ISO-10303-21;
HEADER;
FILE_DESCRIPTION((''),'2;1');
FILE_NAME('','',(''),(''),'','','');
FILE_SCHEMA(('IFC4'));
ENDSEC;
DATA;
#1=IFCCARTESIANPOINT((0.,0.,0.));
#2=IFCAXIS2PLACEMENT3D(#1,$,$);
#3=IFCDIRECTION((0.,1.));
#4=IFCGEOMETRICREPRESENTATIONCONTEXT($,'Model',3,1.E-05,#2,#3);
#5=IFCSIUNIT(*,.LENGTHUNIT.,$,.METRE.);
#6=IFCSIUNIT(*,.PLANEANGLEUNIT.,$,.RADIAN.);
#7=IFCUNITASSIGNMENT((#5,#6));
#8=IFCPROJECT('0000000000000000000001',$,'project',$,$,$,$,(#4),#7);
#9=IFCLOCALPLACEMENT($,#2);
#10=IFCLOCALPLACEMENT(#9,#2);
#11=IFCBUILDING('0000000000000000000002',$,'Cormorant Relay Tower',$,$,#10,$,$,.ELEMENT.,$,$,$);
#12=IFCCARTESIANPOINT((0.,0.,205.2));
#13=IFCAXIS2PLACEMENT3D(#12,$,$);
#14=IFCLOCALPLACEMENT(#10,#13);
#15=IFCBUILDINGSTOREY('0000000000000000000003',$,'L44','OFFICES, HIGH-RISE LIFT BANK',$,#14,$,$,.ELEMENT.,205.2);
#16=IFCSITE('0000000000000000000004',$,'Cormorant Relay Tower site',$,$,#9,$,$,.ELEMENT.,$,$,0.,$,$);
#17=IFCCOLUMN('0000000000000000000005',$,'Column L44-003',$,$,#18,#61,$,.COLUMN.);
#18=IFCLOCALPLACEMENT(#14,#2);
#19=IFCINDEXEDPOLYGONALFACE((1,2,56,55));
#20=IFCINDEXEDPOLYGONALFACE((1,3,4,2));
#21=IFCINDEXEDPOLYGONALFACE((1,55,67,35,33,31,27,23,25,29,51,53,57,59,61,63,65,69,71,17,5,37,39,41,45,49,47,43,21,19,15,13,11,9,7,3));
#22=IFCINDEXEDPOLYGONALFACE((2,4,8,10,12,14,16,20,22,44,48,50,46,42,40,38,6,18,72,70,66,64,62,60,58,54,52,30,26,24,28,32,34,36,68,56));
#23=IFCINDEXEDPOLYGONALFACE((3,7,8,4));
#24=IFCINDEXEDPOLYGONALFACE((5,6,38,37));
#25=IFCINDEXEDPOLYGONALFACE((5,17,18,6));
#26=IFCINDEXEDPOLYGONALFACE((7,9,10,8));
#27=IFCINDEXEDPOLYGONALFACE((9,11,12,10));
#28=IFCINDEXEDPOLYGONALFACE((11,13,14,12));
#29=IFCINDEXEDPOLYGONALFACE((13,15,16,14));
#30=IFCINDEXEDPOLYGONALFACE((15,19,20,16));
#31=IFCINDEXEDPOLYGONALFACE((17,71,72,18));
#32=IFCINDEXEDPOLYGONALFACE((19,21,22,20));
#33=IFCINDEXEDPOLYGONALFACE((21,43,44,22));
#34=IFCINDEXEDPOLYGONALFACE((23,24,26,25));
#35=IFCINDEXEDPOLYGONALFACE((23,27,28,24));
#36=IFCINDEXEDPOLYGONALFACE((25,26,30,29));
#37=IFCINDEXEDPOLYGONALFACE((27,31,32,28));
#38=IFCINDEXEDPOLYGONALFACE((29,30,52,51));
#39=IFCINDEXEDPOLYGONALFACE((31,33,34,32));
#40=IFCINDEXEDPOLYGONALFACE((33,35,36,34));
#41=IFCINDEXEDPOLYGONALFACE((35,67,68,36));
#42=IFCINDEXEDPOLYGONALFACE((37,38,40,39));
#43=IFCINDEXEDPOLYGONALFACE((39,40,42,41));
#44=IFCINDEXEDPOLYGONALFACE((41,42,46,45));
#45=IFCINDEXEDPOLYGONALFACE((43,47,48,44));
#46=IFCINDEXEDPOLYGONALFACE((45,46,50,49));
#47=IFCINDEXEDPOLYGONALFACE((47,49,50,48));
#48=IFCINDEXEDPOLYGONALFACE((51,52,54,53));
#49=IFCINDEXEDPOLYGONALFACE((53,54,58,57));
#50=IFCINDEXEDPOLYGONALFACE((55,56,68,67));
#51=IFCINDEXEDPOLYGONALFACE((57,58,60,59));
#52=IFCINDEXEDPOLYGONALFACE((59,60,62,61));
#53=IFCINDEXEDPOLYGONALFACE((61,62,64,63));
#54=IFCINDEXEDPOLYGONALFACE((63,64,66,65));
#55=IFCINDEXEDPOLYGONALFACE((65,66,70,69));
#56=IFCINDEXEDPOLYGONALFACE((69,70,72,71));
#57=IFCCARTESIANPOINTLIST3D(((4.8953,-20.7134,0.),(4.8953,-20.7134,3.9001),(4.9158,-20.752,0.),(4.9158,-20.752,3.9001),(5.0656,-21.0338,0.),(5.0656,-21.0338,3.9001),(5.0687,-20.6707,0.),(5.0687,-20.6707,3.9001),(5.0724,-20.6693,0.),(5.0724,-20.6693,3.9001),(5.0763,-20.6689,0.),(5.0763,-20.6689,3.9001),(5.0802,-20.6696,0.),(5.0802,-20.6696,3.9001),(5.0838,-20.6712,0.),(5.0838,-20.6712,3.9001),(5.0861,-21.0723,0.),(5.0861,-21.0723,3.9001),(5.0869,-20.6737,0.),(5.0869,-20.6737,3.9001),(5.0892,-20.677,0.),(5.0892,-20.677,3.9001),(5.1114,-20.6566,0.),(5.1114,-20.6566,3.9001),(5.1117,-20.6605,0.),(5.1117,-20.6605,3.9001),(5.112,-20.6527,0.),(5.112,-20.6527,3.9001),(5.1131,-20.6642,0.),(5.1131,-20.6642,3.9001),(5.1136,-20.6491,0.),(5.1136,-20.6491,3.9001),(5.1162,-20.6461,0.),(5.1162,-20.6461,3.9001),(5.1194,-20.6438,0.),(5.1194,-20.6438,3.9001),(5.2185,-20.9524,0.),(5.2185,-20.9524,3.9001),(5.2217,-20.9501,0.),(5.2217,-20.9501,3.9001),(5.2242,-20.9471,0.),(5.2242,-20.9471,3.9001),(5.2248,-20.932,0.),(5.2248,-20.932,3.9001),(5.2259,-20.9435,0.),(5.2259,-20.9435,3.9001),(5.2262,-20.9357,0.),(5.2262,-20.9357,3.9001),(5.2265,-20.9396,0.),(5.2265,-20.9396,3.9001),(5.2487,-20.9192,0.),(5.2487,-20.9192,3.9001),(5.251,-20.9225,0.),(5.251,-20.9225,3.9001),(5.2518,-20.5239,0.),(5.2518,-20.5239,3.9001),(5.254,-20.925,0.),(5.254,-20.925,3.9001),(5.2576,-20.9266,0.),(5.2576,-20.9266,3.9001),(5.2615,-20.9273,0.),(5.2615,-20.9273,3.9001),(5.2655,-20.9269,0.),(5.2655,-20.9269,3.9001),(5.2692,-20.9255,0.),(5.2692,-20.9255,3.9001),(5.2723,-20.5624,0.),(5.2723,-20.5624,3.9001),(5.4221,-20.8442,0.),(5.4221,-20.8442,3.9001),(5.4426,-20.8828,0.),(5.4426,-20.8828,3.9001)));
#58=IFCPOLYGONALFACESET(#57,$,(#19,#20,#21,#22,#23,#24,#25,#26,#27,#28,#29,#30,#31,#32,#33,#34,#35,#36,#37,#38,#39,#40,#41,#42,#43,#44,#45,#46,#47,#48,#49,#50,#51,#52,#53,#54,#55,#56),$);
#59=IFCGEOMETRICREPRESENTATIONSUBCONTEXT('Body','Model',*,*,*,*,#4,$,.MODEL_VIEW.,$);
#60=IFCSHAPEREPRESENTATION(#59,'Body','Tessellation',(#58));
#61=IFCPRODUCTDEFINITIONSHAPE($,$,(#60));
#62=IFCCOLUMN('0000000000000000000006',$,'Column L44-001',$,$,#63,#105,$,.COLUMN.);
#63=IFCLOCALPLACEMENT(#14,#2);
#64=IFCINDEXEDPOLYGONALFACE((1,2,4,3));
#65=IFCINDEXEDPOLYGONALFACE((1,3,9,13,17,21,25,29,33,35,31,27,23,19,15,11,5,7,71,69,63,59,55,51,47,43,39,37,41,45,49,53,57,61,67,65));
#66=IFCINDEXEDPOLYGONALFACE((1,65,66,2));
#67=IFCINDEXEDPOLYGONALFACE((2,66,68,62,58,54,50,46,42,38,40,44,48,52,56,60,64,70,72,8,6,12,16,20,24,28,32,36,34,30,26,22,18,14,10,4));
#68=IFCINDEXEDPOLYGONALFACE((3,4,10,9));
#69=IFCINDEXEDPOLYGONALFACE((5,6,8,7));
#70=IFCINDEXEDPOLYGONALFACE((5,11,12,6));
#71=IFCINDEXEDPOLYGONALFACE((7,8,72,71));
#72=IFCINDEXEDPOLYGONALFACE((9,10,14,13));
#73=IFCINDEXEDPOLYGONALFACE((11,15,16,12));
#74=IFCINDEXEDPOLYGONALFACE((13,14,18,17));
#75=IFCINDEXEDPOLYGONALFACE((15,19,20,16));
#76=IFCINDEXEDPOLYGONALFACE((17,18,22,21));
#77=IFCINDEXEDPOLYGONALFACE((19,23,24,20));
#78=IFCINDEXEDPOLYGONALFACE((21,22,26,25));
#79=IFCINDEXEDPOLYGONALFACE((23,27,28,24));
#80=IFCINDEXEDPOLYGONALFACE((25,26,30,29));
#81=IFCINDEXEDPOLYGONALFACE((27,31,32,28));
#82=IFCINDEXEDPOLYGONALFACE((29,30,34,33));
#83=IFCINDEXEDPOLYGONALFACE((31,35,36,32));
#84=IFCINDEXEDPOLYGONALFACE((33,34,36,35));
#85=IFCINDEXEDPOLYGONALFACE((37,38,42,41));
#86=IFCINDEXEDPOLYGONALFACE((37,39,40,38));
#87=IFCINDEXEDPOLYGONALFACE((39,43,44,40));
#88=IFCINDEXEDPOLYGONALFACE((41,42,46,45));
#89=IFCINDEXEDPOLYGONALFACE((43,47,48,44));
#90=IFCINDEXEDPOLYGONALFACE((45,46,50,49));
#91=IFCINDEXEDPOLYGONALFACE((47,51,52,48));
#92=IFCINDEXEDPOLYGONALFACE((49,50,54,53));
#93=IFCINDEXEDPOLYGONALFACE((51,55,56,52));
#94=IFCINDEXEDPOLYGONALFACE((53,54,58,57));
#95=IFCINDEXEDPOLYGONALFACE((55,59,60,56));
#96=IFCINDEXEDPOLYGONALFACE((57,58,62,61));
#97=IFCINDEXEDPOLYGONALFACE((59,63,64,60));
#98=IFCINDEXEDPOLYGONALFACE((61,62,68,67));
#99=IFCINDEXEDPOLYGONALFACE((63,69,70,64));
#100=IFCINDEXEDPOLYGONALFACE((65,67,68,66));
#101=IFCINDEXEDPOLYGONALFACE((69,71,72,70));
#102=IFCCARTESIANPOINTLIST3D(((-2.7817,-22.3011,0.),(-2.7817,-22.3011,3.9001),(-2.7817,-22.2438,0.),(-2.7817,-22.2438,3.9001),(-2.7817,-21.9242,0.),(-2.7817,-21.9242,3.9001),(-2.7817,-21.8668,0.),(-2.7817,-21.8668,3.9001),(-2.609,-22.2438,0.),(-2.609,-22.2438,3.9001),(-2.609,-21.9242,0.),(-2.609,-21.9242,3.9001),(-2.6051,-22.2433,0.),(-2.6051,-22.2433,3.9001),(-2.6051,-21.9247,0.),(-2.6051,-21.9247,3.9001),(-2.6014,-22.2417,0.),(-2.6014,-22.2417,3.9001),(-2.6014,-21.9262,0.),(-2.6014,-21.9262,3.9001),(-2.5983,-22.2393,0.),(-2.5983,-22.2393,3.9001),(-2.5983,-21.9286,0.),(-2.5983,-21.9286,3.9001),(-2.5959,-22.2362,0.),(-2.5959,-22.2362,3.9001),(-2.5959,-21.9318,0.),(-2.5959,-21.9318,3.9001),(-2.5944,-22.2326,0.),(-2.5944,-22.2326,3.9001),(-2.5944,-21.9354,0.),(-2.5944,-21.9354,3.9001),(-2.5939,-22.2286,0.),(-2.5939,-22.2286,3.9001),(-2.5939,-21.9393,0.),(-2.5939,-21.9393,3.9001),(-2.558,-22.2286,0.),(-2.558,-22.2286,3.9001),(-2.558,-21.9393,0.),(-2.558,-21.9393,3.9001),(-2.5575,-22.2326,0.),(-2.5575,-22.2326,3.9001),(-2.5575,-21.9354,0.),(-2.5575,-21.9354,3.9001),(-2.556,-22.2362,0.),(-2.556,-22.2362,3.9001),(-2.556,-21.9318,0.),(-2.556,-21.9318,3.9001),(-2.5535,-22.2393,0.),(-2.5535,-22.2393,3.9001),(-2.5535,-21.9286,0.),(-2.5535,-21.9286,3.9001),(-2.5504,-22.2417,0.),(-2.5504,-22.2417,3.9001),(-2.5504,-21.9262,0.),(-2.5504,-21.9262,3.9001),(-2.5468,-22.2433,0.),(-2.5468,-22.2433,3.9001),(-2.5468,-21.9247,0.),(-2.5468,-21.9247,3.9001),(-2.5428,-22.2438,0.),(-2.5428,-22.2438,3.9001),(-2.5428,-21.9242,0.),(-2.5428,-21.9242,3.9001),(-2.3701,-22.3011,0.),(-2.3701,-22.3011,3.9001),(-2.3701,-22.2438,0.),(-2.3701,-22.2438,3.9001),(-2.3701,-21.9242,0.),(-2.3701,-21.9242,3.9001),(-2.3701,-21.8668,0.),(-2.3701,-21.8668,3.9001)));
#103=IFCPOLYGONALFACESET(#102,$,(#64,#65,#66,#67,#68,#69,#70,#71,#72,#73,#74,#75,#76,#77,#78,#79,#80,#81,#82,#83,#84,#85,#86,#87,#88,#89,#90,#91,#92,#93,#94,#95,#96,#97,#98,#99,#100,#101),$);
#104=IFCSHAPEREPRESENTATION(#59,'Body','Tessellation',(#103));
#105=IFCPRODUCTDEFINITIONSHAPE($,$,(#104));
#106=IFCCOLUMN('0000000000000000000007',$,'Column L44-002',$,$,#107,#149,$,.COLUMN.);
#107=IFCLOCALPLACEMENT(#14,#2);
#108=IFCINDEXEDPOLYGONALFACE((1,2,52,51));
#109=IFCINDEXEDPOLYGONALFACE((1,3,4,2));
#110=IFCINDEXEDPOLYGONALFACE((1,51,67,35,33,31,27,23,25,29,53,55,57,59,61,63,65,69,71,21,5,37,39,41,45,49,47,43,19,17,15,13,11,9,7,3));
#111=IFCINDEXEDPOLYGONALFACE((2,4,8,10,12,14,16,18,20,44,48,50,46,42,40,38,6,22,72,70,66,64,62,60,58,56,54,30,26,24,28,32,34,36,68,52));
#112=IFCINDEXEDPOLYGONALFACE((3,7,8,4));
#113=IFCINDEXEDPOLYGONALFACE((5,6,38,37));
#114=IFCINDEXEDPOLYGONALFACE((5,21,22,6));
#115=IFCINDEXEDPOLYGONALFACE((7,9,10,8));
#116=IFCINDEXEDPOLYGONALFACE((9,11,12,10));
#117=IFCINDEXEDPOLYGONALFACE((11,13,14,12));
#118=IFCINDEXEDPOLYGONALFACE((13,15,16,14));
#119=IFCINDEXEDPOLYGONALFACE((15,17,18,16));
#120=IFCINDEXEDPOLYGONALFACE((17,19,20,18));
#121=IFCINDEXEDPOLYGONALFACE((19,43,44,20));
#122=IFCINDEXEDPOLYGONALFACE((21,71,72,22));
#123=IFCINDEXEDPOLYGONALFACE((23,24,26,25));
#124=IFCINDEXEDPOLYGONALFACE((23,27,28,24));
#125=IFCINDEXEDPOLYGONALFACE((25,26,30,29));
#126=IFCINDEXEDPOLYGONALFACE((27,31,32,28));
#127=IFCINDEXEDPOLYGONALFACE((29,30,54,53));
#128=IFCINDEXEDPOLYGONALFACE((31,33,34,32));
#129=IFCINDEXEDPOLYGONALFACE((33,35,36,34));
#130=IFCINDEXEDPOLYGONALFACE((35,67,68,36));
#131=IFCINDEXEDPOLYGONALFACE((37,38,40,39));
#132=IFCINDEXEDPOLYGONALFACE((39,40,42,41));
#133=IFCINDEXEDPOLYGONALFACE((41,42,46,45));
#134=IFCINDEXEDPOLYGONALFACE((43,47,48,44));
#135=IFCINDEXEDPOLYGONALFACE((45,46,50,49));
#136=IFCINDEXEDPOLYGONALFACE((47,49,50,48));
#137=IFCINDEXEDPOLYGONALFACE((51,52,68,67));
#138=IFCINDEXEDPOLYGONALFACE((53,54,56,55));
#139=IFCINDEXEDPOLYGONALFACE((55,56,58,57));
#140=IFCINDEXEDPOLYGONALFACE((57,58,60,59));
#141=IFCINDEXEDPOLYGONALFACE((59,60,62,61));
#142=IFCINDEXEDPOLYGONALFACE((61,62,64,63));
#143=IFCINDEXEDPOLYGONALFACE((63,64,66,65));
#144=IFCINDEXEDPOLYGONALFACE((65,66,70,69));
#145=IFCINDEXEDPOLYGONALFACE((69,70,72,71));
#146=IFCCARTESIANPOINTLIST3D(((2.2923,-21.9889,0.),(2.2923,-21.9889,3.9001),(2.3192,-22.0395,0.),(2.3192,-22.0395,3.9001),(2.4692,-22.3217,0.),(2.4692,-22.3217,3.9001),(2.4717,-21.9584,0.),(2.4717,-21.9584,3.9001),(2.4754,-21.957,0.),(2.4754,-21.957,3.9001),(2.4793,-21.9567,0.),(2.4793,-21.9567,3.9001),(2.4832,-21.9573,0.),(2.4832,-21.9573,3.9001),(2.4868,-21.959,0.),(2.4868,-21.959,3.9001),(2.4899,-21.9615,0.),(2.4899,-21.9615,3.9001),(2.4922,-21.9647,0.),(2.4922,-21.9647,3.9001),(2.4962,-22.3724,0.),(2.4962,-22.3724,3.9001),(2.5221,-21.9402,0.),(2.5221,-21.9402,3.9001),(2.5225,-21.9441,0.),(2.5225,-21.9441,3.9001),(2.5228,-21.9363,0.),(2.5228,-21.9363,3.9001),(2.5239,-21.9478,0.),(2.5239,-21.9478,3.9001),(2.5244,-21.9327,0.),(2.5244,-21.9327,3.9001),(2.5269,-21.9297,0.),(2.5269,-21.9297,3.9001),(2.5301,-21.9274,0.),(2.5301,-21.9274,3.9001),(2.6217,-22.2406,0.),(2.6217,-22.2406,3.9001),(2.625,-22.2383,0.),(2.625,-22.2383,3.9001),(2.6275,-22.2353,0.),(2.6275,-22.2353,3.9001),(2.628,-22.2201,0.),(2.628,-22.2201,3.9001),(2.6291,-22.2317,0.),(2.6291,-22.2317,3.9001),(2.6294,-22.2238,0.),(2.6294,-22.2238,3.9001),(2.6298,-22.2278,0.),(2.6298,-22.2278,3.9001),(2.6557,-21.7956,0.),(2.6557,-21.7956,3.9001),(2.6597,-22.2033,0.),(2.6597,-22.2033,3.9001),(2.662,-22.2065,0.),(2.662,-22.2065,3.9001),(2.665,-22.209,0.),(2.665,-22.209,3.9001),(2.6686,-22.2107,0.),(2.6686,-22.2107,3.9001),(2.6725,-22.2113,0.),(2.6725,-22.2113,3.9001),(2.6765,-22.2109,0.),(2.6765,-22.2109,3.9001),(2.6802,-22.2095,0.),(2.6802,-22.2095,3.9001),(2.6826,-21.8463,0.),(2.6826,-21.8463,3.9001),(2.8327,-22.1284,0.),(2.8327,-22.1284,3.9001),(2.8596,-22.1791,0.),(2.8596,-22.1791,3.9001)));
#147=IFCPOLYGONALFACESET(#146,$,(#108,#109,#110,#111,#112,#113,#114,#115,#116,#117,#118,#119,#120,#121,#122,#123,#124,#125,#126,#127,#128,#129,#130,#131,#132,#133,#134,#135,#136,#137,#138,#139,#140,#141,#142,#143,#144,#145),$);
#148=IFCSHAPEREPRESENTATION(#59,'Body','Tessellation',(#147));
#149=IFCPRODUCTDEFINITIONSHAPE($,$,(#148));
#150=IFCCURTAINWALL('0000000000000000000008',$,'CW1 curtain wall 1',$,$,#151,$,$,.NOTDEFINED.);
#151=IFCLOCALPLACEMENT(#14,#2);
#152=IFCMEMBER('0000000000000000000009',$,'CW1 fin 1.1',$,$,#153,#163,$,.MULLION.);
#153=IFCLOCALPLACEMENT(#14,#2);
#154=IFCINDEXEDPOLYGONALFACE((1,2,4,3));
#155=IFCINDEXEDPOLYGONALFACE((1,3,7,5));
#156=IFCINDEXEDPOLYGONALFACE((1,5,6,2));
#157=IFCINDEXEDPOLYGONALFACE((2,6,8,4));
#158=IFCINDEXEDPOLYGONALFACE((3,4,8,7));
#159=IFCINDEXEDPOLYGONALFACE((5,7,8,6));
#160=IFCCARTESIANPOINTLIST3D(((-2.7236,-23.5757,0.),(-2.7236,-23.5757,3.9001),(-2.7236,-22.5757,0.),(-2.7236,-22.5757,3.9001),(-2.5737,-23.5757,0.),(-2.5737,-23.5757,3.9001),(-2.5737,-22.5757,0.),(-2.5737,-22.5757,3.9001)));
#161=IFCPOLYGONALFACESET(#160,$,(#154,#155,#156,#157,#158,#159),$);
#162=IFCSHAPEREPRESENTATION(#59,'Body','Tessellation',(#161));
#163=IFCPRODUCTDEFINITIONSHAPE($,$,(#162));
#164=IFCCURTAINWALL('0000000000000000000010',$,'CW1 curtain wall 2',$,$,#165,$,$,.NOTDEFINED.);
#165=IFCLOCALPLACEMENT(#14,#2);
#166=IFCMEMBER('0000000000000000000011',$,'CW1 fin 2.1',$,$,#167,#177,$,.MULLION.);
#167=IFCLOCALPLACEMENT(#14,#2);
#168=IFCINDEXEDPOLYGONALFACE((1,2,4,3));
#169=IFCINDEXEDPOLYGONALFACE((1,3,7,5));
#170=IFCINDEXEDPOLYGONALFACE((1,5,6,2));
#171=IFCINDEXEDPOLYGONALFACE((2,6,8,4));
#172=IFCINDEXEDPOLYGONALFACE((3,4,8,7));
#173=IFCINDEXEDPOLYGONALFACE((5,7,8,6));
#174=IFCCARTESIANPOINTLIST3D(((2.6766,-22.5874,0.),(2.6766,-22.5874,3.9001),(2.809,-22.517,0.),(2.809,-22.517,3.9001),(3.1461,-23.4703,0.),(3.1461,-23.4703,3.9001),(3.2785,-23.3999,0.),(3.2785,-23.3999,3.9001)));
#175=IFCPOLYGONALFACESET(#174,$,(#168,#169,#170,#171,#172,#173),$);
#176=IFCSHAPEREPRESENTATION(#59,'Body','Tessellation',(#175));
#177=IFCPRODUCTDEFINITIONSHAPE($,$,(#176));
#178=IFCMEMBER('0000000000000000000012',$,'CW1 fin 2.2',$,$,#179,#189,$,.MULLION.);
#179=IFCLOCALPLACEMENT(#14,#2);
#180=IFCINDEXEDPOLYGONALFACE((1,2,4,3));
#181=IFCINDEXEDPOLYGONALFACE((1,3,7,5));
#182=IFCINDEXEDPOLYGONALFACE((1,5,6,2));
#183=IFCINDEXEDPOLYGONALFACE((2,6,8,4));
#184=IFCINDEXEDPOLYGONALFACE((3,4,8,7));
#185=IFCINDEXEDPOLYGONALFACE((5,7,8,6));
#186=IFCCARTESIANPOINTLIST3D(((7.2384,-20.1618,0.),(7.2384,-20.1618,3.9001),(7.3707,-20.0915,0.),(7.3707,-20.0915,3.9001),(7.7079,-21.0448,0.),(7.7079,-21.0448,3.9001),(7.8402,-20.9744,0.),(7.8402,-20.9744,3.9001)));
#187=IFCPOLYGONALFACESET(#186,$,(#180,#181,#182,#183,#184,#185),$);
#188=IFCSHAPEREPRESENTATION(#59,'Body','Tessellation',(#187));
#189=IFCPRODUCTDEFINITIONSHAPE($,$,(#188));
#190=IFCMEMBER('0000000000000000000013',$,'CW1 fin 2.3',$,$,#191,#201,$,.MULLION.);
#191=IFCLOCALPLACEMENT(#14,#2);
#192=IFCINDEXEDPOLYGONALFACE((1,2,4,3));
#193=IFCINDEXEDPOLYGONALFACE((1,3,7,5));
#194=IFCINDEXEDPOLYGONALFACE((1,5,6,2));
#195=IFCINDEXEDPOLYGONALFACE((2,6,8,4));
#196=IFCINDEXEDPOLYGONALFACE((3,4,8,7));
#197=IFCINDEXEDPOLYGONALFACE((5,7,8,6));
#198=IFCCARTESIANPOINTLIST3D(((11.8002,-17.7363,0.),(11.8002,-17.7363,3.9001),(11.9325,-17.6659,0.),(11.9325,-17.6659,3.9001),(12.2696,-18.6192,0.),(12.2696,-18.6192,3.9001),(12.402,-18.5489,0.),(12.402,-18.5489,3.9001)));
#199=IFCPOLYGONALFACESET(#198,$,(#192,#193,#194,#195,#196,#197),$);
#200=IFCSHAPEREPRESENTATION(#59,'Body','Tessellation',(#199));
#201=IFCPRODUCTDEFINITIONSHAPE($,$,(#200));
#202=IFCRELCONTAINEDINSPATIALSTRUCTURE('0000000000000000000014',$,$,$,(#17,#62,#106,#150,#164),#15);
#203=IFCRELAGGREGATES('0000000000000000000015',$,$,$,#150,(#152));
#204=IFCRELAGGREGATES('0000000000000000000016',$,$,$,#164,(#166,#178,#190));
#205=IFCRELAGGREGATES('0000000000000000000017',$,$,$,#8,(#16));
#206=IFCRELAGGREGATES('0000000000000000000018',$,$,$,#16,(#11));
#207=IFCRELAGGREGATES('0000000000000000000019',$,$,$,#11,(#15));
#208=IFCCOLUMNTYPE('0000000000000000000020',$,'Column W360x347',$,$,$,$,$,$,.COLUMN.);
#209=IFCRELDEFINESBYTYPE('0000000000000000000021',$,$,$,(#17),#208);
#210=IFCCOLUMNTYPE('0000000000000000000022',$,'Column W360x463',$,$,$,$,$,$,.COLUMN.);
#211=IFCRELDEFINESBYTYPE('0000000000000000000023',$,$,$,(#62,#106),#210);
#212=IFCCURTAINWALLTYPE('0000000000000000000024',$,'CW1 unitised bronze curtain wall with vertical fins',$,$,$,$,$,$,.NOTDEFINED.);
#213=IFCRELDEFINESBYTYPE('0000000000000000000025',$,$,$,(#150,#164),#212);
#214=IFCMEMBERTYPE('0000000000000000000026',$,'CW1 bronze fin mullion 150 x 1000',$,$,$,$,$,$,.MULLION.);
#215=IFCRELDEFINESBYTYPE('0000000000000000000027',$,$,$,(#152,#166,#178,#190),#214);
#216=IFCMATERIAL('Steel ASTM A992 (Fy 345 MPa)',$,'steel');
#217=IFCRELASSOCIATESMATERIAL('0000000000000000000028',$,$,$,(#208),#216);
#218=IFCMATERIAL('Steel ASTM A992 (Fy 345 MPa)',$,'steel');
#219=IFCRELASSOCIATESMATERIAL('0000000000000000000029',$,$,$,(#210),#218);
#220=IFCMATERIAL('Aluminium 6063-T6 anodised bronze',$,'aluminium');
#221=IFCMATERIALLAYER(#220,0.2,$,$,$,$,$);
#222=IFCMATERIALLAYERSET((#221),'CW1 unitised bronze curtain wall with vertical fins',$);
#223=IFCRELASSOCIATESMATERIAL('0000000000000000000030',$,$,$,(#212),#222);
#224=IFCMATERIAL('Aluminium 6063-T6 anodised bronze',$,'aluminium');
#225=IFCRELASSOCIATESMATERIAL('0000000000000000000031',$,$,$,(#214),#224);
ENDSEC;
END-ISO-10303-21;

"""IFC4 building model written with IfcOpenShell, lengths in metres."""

from ifc_helpers import new_model, si_unit, direction, frame, origin, origin_2d, place, context, subcontext, project, spatial, rectangle, i_section, extrude, material, layer, layer_set, material_profile, profile_set, type_object, element, aggregate, save


model = new_model("IFC4")

# Units and contexts
model_context = context("Model", 3, precision=1e-05, world=origin(), true_north=direction((0.0, 1.0)))
body_context = subcontext(model_context, "Body", "Model", "MODEL_VIEW")
ifc_project = project(units=[si_unit("LENGTHUNIT", "METRE"), si_unit("PLANEANGLEUNIT", "RADIAN")], contexts=[model_context])

# Site, building, storey
site_placement = place(None, origin())
site = spatial("IfcSite", under=ifc_project, at=site_placement, Name="Cormorant Relay Tower site", CompositionType="ELEMENT", RefElevation=0.0)
building_placement = place(site_placement, origin())
building = spatial("IfcBuilding", under=site, at=building_placement, Name="Cormorant Relay Tower", CompositionType="ELEMENT")
storey_placement = place(building_placement, frame((0.0, 0.0, 205.2)))
storey = spatial("IfcBuildingStorey", under=building, at=storey_placement, Name="L44", Description="OFFICES, HIGH-RISE LIFT BANK", CompositionType="ELEMENT", Elevation=205.2)

# Columns
ifc_material_1 = material(Name="Steel ASTM A992 (Fy 345 MPa)", Category="steel")
ifc_material_profile_1 = material_profile(ifc_material_1, i_section(OverallWidth=0.4038, OverallDepth=0.4065, WebThickness=0.0271, FlangeThickness=0.0437, FilletRadius=0.0151, at=origin_2d()), Name="W360x347")
ifc_profile_set_1 = profile_set([ifc_material_profile_1], Name="Steel ASTM A992 (Fy 345 MPa)")
column_type_1 = type_object("IfcColumnType", Name="Column W360x347", PredefinedType="COLUMN", material=ifc_profile_set_1)
column_placement = place(storey_placement, frame((5.1689, -20.7981, 0.0), z_axis=(0.0, 0.0, 1.0), x_axis=(0.882948, 0.469472, 0.0)))
element("IfcColumn", 1, at=column_placement, inside=storey, type_object=column_type_1, Name="Column L44-003", PredefinedType="COLUMN", context=body_context, shape_type="SweptSolid", body=[
    extrude(i_section(OverallWidth=0.4038, OverallDepth=0.4065, WebThickness=0.0271, FlangeThickness=0.0437, FilletRadius=0.0151, at=origin_2d()), origin(), (0.0, 0.0, 1.0), 3.9001),
])
ifc_material_2 = material(Name="Steel ASTM A992 (Fy 345 MPa)", Category="steel")
ifc_material_profile_2 = material_profile(ifc_material_2, i_section(OverallWidth=0.4116, OverallDepth=0.4343, WebThickness=0.0359, FlangeThickness=0.0574, FilletRadius=0.0151, at=origin_2d()), Name="W360x463")
ifc_profile_set_2 = profile_set([ifc_material_profile_2], Name="Steel ASTM A992 (Fy 345 MPa)")
column_type_2 = type_object("IfcColumnType", Name="Column W360x463", PredefinedType="COLUMN", material=ifc_profile_set_2)
for number, where, z_axis, x_axis, name in (
    (2, (-2.5759, -22.084, 0.0), (0.0, 0.0, 1.0), (1.0, 0.0, 0.0), "Column L44-001"),
    (3, (2.5759, -22.084, 0.0), (0.0, 0.0, 1.0), (0.882948, 0.469472, 0.0), "Column L44-002"),
):
    element("IfcColumn", number, at=place(storey_placement, frame(where, z_axis=z_axis, x_axis=x_axis)), inside=storey, type_object=column_type_2, Name=name, PredefinedType="COLUMN", context=body_context, shape_type="SweptSolid", body=[
        extrude(i_section(OverallWidth=0.4116, OverallDepth=0.4343, WebThickness=0.0359, FlangeThickness=0.0574, FilletRadius=0.0151, at=origin_2d()), origin(), (0.0, 0.0, 1.0), 3.9001),
    ])

# Curtain wall, member
ifc_material_3 = material(Name="Aluminium 6063-T6 anodised bronze", Category="aluminium")
ifc_layer_1 = layer(ifc_material_3, 0.2)
ifc_layer_set_1 = layer_set([ifc_layer_1], Name="CW1 unitised bronze curtain wall with vertical fins")
curtain_wall_type = type_object("IfcCurtainWallType", Name="CW1 unitised bronze curtain wall with vertical fins", PredefinedType="NOTDEFINED", material=ifc_layer_set_1)
curtain_wall_1_placement = place(storey_placement, origin())
curtain_wall_1 = element("IfcCurtainWall", 4, at=curtain_wall_1_placement, inside=storey, type_object=curtain_wall_type, Name="CW1 curtain wall 1", PredefinedType="NOTDEFINED")
ifc_material_4 = material(Name="Aluminium 6063-T6 anodised bronze", Category="aluminium")
ifc_material_profile_3 = material_profile(ifc_material_4, rectangle(XDim=0.1499, YDim=1.0, at=origin_2d()), Name="AL 150x1000")
ifc_profile_set_3 = profile_set([ifc_material_profile_3], Name="Aluminium 6063-T6 anodised bronze")
member_type_1 = type_object("IfcMemberType", Name="CW1 bronze fin mullion 150 x 1000", PredefinedType="MULLION", material=ifc_profile_set_3)
member_1_placement = place(storey_placement, frame((-2.6487, -23.0757, 0.0), z_axis=(0.0, 0.0, 1.0), x_axis=(1.0, 0.0, 0.0)))
member_1 = element("IfcMember", 5, at=member_1_placement, type_object=member_type_1, Name="CW1 fin 1.1", PredefinedType="MULLION", context=body_context, shape_type="SweptSolid", body=[
    extrude(rectangle(XDim=0.1499, YDim=1.0, at=origin_2d()), origin(), (0.0, 0.0, 1.0), 3.9001),
])

# Curtain wall, members
curtain_wall_2_placement = place(storey_placement, origin())
curtain_wall_2 = element("IfcCurtainWall", 6, at=curtain_wall_2_placement, inside=storey, type_object=curtain_wall_type, Name="CW1 curtain wall 2", PredefinedType="NOTDEFINED")
member_2_placement = place(storey_placement, frame((2.9775, -22.9937, 0.0), z_axis=(0.0, 0.0, 1.0), x_axis=(0.882948, 0.469472, 0.0)))
member_2 = element("IfcMember", 7, at=member_2_placement, type_object=member_type_1, Name="CW1 fin 2.1", PredefinedType="MULLION", context=body_context, shape_type="SweptSolid", body=[
    extrude(rectangle(XDim=0.1499, YDim=1.0, at=origin_2d()), origin(), (0.0, 0.0, 1.0), 3.9001),
])
member_3_placement = place(storey_placement, frame((7.5393, -20.5681, 0.0), z_axis=(0.0, 0.0, 1.0), x_axis=(0.882948, 0.469472, 0.0)))
member_3 = element("IfcMember", 8, at=member_3_placement, type_object=member_type_1, Name="CW1 fin 2.2", PredefinedType="MULLION", context=body_context, shape_type="SweptSolid", body=[
    extrude(rectangle(XDim=0.1499, YDim=1.0, at=origin_2d()), origin(), (0.0, 0.0, 1.0), 3.9001),
])
member_4_placement = place(storey_placement, frame((12.1011, -18.1426, 0.0), z_axis=(0.0, 0.0, 1.0), x_axis=(0.882948, 0.469472, 0.0)))
member_4 = element("IfcMember", 9, at=member_4_placement, type_object=member_type_1, Name="CW1 fin 2.3", PredefinedType="MULLION", context=body_context, shape_type="SweptSolid", body=[
    extrude(rectangle(XDim=0.1499, YDim=1.0, at=origin_2d()), origin(), (0.0, 0.0, 1.0), 3.9001),
])

aggregate(curtain_wall_1, [member_1])
aggregate(curtain_wall_2, [member_2, member_3, member_4])

save(model, "model.ifc")
